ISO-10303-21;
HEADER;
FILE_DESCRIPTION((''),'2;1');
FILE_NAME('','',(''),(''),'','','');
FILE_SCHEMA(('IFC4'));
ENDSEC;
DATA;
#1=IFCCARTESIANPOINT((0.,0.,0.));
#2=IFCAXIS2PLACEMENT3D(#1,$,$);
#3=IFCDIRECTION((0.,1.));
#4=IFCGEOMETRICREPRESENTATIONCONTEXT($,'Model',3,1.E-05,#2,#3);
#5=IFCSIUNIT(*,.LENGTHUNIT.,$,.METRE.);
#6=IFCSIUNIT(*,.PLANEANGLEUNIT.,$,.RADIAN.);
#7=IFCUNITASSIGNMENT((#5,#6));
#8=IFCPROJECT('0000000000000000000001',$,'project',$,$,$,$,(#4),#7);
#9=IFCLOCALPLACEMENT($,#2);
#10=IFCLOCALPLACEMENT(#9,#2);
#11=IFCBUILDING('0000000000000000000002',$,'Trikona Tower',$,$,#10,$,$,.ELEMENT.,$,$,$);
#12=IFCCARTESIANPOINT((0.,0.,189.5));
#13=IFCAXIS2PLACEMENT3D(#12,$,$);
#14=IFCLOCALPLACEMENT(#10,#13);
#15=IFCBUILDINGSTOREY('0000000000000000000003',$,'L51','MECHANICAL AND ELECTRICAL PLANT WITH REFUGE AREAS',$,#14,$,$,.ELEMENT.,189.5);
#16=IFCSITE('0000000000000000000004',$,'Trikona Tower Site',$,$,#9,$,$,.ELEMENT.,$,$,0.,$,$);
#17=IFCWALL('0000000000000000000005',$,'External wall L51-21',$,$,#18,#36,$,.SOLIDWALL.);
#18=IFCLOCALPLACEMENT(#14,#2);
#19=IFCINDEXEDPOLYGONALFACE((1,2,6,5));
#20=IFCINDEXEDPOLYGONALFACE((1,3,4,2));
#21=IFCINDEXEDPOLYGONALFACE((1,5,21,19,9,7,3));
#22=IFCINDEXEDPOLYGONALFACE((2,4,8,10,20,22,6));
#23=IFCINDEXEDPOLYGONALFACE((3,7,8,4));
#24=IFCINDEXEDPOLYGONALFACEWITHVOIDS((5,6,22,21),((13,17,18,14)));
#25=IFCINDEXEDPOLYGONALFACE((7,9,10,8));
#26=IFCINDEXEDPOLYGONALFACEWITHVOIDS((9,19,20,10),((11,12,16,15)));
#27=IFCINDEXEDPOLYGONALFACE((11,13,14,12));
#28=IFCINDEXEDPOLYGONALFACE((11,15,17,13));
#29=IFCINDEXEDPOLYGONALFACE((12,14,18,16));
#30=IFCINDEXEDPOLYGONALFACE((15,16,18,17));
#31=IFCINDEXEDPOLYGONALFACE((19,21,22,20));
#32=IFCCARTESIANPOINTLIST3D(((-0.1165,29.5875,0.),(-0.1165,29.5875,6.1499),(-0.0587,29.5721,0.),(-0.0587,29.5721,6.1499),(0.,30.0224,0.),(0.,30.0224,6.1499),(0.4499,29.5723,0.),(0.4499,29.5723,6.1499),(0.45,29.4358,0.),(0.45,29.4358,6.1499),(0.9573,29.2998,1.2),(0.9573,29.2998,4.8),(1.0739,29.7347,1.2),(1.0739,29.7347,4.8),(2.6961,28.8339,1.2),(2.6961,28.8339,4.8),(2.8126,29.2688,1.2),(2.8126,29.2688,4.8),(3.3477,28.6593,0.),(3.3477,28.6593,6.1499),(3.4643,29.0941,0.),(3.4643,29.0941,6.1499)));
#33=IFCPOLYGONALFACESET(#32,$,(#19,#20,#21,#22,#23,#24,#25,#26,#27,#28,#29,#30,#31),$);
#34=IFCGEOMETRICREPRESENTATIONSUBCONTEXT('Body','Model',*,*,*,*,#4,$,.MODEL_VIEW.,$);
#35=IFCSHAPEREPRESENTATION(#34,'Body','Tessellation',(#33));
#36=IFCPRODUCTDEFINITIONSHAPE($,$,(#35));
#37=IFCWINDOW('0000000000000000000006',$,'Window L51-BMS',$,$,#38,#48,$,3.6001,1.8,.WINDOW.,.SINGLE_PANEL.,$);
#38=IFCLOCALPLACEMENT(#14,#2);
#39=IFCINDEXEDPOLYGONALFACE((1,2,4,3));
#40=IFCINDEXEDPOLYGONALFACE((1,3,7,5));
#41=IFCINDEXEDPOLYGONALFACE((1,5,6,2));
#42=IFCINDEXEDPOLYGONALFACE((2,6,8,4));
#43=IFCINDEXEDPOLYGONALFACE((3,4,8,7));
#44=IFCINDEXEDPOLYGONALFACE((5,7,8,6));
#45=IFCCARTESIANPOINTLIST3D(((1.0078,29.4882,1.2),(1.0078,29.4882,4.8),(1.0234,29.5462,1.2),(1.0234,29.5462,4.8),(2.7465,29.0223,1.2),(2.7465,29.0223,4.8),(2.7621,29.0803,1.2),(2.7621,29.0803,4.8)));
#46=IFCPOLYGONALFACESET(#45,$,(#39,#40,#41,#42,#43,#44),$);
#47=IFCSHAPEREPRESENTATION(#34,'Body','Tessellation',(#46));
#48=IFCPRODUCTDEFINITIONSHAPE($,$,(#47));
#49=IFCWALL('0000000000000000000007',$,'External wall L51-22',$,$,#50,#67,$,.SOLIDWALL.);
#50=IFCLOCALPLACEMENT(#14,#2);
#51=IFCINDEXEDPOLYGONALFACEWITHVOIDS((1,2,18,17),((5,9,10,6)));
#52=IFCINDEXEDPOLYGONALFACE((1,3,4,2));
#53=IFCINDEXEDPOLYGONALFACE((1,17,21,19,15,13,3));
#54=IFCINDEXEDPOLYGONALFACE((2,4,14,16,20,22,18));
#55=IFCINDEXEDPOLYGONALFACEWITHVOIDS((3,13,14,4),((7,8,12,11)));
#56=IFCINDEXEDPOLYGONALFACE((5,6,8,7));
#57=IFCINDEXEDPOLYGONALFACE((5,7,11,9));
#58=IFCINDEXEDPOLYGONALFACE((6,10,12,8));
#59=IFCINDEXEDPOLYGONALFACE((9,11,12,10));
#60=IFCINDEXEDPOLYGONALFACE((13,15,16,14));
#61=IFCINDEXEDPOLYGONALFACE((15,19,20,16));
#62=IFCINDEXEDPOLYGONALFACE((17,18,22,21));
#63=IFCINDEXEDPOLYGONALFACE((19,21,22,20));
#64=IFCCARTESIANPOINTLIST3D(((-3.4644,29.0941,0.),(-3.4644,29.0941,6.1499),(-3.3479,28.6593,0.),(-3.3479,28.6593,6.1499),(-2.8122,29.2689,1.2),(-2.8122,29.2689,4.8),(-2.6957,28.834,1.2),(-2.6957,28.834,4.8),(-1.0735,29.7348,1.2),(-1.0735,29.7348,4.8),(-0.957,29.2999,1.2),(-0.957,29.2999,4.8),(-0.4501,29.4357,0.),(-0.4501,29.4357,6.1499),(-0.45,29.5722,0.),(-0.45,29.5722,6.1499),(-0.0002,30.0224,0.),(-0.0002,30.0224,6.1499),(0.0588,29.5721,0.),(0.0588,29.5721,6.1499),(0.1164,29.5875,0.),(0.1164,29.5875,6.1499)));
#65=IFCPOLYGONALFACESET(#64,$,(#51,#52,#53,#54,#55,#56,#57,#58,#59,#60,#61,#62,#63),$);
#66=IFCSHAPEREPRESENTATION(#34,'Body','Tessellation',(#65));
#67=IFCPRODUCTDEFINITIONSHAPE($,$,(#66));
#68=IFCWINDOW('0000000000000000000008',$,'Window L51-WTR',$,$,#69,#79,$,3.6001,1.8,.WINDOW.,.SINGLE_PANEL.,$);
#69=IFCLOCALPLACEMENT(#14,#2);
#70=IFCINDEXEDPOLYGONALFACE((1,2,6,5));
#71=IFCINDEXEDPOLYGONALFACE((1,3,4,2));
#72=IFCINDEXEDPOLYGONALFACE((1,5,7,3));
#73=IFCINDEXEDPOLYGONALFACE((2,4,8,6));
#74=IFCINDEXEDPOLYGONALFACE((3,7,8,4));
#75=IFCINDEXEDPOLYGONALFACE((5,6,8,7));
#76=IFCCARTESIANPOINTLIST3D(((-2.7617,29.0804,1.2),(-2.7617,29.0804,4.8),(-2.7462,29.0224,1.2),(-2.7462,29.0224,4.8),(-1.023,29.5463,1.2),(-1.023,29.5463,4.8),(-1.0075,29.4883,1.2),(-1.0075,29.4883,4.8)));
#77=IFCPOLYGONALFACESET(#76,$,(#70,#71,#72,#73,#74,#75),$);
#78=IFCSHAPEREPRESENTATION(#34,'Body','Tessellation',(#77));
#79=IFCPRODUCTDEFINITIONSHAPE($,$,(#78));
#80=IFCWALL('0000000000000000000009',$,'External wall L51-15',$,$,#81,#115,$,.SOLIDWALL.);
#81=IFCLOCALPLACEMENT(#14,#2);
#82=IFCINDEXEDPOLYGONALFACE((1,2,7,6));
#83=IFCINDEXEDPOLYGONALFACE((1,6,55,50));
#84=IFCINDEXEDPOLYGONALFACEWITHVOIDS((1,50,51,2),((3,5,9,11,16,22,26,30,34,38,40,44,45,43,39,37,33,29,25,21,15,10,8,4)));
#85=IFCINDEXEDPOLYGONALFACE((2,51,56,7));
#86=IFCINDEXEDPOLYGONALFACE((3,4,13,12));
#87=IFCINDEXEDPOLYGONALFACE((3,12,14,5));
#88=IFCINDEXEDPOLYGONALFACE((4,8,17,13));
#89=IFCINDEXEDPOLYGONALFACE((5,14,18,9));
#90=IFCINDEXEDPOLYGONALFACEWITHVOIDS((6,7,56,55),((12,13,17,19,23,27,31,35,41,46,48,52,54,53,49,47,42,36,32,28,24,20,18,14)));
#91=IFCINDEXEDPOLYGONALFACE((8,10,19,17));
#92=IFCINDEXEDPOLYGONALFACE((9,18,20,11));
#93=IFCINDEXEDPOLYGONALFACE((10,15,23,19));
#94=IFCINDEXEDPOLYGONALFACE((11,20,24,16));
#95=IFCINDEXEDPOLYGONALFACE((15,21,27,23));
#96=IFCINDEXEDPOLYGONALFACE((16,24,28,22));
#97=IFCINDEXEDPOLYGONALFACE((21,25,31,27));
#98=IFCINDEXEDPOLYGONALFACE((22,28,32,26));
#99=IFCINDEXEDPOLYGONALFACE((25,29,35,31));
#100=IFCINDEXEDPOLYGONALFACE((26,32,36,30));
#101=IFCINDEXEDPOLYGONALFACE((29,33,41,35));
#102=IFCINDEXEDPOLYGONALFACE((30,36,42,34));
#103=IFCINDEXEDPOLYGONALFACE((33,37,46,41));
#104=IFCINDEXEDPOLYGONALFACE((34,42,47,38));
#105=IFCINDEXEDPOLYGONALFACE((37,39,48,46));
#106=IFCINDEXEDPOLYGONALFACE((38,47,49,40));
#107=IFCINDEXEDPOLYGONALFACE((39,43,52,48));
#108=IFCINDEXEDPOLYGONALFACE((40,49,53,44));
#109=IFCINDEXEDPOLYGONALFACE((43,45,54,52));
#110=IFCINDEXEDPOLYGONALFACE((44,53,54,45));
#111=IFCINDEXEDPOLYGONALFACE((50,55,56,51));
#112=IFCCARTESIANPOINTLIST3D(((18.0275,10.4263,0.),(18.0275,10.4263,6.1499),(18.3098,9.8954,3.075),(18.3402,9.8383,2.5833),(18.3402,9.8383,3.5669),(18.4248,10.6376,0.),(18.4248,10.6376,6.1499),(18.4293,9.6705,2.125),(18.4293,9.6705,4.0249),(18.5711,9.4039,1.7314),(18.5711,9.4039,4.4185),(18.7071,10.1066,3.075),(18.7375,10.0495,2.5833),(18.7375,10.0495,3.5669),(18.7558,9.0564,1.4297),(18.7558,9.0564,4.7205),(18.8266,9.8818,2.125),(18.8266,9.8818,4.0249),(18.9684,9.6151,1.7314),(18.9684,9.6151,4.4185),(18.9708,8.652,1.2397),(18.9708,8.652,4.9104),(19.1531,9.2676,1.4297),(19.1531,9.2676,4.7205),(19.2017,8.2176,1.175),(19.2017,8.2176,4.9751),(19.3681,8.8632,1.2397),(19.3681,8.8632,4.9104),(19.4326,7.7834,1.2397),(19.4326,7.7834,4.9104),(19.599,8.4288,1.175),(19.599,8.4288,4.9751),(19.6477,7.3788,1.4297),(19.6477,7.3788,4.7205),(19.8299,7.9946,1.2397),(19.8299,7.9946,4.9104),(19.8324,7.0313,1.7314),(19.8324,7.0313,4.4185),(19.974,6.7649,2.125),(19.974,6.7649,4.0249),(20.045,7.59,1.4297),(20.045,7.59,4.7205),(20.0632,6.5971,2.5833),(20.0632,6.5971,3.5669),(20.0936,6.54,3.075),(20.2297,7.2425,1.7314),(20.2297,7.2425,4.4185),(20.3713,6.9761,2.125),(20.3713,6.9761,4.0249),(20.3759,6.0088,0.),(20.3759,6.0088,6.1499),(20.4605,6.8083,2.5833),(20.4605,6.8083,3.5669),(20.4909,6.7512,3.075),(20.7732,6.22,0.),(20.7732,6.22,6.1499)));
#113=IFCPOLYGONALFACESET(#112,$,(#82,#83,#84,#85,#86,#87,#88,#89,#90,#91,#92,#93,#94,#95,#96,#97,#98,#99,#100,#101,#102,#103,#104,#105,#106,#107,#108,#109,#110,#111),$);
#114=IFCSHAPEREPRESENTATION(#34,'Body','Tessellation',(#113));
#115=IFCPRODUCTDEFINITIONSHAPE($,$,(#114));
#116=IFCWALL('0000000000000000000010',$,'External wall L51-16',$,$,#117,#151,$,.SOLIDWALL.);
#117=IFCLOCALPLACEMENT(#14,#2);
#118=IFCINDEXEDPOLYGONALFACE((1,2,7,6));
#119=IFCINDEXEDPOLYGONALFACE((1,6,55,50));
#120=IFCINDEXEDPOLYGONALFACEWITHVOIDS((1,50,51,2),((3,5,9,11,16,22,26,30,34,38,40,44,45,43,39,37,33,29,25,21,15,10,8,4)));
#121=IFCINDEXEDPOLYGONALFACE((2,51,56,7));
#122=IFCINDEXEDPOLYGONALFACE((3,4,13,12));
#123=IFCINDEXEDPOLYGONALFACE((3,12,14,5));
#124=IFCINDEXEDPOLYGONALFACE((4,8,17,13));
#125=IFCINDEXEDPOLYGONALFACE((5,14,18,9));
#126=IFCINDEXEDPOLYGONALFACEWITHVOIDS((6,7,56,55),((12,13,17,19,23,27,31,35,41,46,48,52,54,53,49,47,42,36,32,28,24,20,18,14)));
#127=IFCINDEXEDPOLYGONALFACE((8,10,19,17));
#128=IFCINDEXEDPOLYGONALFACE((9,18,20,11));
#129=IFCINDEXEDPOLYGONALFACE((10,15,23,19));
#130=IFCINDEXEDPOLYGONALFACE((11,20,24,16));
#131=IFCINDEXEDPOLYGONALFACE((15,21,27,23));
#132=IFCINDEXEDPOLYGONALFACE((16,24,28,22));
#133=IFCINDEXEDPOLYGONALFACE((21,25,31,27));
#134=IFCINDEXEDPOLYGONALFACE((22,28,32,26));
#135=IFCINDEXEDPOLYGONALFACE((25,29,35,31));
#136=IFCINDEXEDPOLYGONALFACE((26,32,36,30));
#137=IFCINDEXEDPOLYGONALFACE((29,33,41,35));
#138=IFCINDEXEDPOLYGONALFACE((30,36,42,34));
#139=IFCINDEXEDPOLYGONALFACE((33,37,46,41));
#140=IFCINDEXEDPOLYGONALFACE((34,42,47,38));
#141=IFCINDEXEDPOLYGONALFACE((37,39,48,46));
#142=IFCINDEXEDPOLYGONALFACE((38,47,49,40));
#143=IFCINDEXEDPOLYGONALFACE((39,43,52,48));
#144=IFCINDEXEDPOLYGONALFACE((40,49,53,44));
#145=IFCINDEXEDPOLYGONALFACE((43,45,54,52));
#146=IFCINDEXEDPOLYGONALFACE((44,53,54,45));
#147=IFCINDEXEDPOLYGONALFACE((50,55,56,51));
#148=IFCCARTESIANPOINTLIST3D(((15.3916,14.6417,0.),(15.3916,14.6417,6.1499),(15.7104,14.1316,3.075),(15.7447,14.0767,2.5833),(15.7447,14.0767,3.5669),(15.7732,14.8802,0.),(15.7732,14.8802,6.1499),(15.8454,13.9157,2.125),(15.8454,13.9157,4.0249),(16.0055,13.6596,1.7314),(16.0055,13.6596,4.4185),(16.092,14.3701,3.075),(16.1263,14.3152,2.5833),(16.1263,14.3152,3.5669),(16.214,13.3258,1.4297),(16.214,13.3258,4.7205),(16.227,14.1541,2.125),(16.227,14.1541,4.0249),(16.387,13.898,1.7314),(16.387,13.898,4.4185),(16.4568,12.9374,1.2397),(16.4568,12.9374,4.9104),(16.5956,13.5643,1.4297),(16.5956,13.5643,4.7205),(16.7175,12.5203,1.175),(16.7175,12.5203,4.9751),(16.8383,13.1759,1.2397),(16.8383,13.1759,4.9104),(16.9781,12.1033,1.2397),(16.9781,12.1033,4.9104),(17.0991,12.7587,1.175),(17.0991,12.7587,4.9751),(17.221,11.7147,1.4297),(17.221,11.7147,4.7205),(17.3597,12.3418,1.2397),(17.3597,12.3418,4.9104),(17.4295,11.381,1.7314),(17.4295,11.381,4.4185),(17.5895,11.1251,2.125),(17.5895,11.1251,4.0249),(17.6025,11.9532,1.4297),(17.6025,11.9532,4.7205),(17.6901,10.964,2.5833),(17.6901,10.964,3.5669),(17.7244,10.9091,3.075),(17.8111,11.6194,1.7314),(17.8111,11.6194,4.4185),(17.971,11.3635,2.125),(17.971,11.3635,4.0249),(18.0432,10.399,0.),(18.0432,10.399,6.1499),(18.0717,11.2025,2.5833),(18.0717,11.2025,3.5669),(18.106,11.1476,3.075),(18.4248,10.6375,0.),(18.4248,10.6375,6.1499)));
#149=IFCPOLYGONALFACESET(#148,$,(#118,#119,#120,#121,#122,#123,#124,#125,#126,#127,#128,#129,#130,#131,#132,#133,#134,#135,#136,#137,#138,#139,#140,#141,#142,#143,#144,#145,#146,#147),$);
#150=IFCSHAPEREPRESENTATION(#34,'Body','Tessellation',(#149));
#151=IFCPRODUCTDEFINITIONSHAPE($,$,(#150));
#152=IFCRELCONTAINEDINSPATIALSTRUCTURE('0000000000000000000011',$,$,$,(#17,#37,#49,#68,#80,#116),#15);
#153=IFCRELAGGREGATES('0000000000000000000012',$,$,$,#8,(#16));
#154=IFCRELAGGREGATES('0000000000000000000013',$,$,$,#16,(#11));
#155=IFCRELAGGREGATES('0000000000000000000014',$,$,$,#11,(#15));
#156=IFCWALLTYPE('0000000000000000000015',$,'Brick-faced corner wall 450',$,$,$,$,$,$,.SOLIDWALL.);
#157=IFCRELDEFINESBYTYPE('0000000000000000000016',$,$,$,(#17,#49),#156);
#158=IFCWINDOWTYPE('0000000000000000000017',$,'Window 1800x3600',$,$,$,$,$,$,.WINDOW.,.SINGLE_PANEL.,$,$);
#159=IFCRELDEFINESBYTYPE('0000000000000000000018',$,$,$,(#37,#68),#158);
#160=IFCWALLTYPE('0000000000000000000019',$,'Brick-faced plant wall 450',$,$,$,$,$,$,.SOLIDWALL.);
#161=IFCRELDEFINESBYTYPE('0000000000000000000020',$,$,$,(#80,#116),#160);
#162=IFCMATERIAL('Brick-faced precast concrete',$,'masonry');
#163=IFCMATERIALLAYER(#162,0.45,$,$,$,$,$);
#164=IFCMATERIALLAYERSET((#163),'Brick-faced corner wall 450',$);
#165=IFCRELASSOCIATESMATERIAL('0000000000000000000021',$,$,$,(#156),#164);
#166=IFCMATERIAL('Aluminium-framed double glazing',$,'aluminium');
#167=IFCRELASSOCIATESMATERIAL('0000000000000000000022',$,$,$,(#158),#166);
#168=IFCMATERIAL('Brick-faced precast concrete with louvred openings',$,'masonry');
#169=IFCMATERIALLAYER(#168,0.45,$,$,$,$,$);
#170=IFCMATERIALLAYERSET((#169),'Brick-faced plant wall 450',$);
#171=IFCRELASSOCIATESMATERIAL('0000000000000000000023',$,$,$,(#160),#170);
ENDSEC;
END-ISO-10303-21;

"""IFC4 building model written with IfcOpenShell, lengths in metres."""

from ifc_helpers import new_model, si_unit, direction, frame, frame_2d, origin, place, context, subcontext, project, spatial, polyline, rectangle, outline, extrude, material, layer, layer_set, type_object, element, fill, save


model = new_model("IFC4")

# Units and contexts
model_context = context("Model", 3, precision=1e-05, world=origin(), true_north=direction((0.0, 1.0)))
body_context = subcontext(model_context, "Body", "Model", "MODEL_VIEW")
ifc_project = project(units=[si_unit("LENGTHUNIT", "METRE"), si_unit("PLANEANGLEUNIT", "RADIAN")], contexts=[model_context])

# Site, building, storey
site_placement = place(None, origin())
site = spatial("IfcSite", under=ifc_project, at=site_placement, Name="Trikona Tower Site", CompositionType="ELEMENT", RefElevation=0.0)
building_placement = place(site_placement, origin())
building = spatial("IfcBuilding", under=site, at=building_placement, Name="Trikona Tower", CompositionType="ELEMENT")
storey_placement = place(building_placement, frame((0.0, 0.0, 189.5)))
storey = spatial("IfcBuildingStorey", under=building, at=storey_placement, Name="L51", Description="MECHANICAL AND ELECTRICAL PLANT WITH REFUGE AREAS", CompositionType="ELEMENT", Elevation=189.5)

# Walls, openings, windows
ifc_material_1 = material(Name="Brick-faced precast concrete", Category="masonry")
ifc_layer_1 = layer(ifc_material_1, 0.45)
ifc_layer_set_1 = layer_set([ifc_layer_1], Name="Brick-faced corner wall 450")
wall_type_1 = type_object("IfcWallType", Name="Brick-faced corner wall 450", PredefinedType="SOLIDWALL", material=ifc_layer_set_1)
wall_1_placement = place(storey_placement, frame((3.406, 28.8767, 0.0), z_axis=(0.0, 0.0, 1.0), x_axis=(-0.965925, 0.258823, 0.0)))
wall_1 = element("IfcWall", 1, at=wall_1_placement, inside=storey, type_object=wall_type_1, Name="External wall L51-21", PredefinedType="SOLIDWALL", context=body_context, shape_type="SweptSolid", body=[
    extrude(outline(polyline([(3.5864, 0.2251), (3.5266, 0.2251), (3.0354, 0.0933), (3.0, 0.2251), (0.0, 0.2251), (0.0, -0.2251), (3.5864, -0.2251), (3.5864, 0.2251)])), origin(), (0.0, 0.0, 1.0), 6.1499),
])
opening_1_placement = place(wall_1_placement, frame((0.6748, 0.0, 1.2)))
opening_1 = element("IfcOpeningElement", 2, at=opening_1_placement, cuts=wall_1, PredefinedType="OPENING", context=body_context, shape_type="SweptSolid", body=[
    extrude(rectangle(XDim=1.8, YDim=3.6001, at=frame_2d((0.8999, 1.8))), frame((0.0, 0.2349, 0.0), z_axis=(0.0, -1.0, 0.0), x_axis=(1.0, 0.0, 0.0)), (0.0, 0.0, 1.0), 0.47),
])
ifc_material_2 = material(Name="Aluminium-framed double glazing", Category="aluminium")
window_type_1 = type_object("IfcWindowType", Name="Window 1800x3600", PartitioningType="SINGLE_PANEL", PredefinedType="WINDOW", material=ifc_material_2)
window_1_placement = place(opening_1_placement, origin())
window_1 = element("IfcWindow", 3, at=window_1_placement, inside=storey, type_object=window_type_1, Name="Window L51-BMS", OverallHeight=3.6001, OverallWidth=1.8, PartitioningType="SINGLE_PANEL", PredefinedType="WINDOW", context=body_context, shape_type="SweptSolid", body=[
    extrude(rectangle(XDim=1.8, YDim=3.6001, at=frame_2d((0.8999, 1.8))), frame((0.0, 0.03, 0.0), z_axis=(0.0, -1.0, 0.0), x_axis=(1.0, 0.0, 0.0)), (0.0, 0.0, 1.0), 0.0601),
])
fill(opening_1, window_1)
wall_2_placement = place(storey_placement, frame((0.0581, 29.8049, 0.0), z_axis=(0.0, 0.0, 1.0), x_axis=(-0.965925, -0.258823, 0.0)))
wall_2 = element("IfcWall", 4, at=wall_2_placement, inside=storey, type_object=wall_type_1, Name="External wall L51-22", PredefinedType="SOLIDWALL", context=body_context, shape_type="SweptSolid", body=[
    extrude(outline(polyline([(3.5864, 0.2251), (0.5864, 0.2251), (0.551, 0.0933), (0.0596, 0.2251), (0.0, 0.2251), (0.0, -0.2251), (3.5864, -0.2251), (3.5864, 0.2251)])), origin(), (0.0, 0.0, 1.0), 6.1499),
])
opening_2_placement = place(wall_2_placement, frame((1.1113, 0.0, 1.2)))
opening_2 = element("IfcOpeningElement", 5, at=opening_2_placement, cuts=wall_2, PredefinedType="OPENING", context=body_context, shape_type="SweptSolid", body=[
    extrude(rectangle(XDim=1.8, YDim=3.6001, at=frame_2d((0.8999, 1.8))), frame((0.0, 0.2349, 0.0), z_axis=(0.0, -1.0, 0.0), x_axis=(1.0, 0.0, 0.0)), (0.0, 0.0, 1.0), 0.47),
])
window_2_placement = place(opening_2_placement, origin())
window_2 = element("IfcWindow", 6, at=window_2_placement, inside=storey, type_object=window_type_1, Name="Window L51-WTR", OverallHeight=3.6001, OverallWidth=1.8, PartitioningType="SINGLE_PANEL", PredefinedType="WINDOW", context=body_context, shape_type="SweptSolid", body=[
    extrude(rectangle(XDim=1.8, YDim=3.6001, at=frame_2d((0.8999, 1.8))), frame((0.0, 0.03, 0.0), z_axis=(0.0, -1.0, 0.0), x_axis=(1.0, 0.0, 0.0)), (0.0, 0.0, 1.0), 0.0601),
])
fill(opening_2, window_2)

# Walls
ifc_material_3 = material(Name="Brick-faced precast concrete with louvred openings", Category="masonry")
ifc_layer_2 = layer(ifc_material_3, 0.45)
ifc_layer_set_2 = layer_set([ifc_layer_2], Name="Brick-faced plant wall 450")
wall_type_2 = type_object("IfcWallType", Name="Brick-faced plant wall 450", PredefinedType="SOLIDWALL", material=ifc_layer_set_2)
wall_3_placement = place(storey_placement, frame((20.5747, 6.1145, 0.0), z_axis=(0.0, 0.0, 1.0), x_axis=(-0.469405, 0.882983, 0.0)))
element("IfcWall", 7, at=wall_3_placement, inside=storey, type_object=wall_type_2, Name="External wall L51-15", PredefinedType="SOLIDWALL", context=body_context, shape_type="SweptSolid", body=[
    extrude(outline(polyline([(0.0, 0.0), (5.0029, 0.0), (5.0029, 6.1499), (0.0, 6.1499), (0.0, 0.0)]), holes=[polyline([(4.4016, 3.075), (4.3369, 3.5669), (4.147, 4.0249), (3.845, 4.4185), (3.4514, 4.7205), (2.9934, 4.9104), (2.5015, 4.9751), (2.0098, 4.9104), (1.5515, 4.7205), (1.158, 4.4185), (0.8562, 4.0249), (0.6663, 3.5669), (0.6016, 3.075), (0.6663, 2.5833), (0.8562, 2.125), (1.158, 1.7314), (1.5515, 1.4297), (2.0098, 1.2397), (2.5015, 1.175), (2.9934, 1.2397), (3.4514, 1.4297), (3.845, 1.7314), (4.147, 2.125), (4.3369, 2.5833), (4.4016, 3.075)])]), frame((0.0, 0.2251, 0.0), z_axis=(0.0, -1.0, 0.0), x_axis=(1.0, 0.0, 0.0)), (0.0, 0.0, 1.0), 0.45),
])
wall_4_placement = place(storey_placement, frame((18.2341, 10.5183, 0.0), z_axis=(0.0, 0.0, 1.0), x_axis=(-0.52999, 0.848004, 0.0)))
element("IfcWall", 8, at=wall_4_placement, inside=storey, type_object=wall_type_2, Name="External wall L51-16", PredefinedType="SOLIDWALL", context=body_context, shape_type="SweptSolid", body=[
    extrude(outline(polyline([(0.0, 0.0), (5.0032, 0.0), (5.0032, 6.1499), (0.0, 6.1499), (0.0, 0.0)]), holes=[polyline([(4.4016, 3.075), (4.3369, 3.5669), (4.147, 4.0249), (3.845, 4.4185), (3.4514, 4.7205), (2.9934, 4.9104), (2.5015, 4.9751), (2.0098, 4.9104), (1.5515, 4.7205), (1.158, 4.4185), (0.8562, 4.0249), (0.6663, 3.5669), (0.6016, 3.075), (0.6663, 2.5833), (0.8562, 2.125), (1.158, 1.7314), (1.5515, 1.4297), (2.0098, 1.2397), (2.5015, 1.175), (2.9934, 1.2397), (3.4514, 1.4297), (3.845, 1.7314), (4.147, 2.125), (4.3369, 2.5833), (4.4016, 3.075)])]), frame((0.0, 0.2251, 0.0), z_axis=(0.0, -1.0, 0.0), x_axis=(1.0, 0.0, 0.0)), (0.0, 0.0, 1.0), 0.45),
])

save(model, "model.ifc")
